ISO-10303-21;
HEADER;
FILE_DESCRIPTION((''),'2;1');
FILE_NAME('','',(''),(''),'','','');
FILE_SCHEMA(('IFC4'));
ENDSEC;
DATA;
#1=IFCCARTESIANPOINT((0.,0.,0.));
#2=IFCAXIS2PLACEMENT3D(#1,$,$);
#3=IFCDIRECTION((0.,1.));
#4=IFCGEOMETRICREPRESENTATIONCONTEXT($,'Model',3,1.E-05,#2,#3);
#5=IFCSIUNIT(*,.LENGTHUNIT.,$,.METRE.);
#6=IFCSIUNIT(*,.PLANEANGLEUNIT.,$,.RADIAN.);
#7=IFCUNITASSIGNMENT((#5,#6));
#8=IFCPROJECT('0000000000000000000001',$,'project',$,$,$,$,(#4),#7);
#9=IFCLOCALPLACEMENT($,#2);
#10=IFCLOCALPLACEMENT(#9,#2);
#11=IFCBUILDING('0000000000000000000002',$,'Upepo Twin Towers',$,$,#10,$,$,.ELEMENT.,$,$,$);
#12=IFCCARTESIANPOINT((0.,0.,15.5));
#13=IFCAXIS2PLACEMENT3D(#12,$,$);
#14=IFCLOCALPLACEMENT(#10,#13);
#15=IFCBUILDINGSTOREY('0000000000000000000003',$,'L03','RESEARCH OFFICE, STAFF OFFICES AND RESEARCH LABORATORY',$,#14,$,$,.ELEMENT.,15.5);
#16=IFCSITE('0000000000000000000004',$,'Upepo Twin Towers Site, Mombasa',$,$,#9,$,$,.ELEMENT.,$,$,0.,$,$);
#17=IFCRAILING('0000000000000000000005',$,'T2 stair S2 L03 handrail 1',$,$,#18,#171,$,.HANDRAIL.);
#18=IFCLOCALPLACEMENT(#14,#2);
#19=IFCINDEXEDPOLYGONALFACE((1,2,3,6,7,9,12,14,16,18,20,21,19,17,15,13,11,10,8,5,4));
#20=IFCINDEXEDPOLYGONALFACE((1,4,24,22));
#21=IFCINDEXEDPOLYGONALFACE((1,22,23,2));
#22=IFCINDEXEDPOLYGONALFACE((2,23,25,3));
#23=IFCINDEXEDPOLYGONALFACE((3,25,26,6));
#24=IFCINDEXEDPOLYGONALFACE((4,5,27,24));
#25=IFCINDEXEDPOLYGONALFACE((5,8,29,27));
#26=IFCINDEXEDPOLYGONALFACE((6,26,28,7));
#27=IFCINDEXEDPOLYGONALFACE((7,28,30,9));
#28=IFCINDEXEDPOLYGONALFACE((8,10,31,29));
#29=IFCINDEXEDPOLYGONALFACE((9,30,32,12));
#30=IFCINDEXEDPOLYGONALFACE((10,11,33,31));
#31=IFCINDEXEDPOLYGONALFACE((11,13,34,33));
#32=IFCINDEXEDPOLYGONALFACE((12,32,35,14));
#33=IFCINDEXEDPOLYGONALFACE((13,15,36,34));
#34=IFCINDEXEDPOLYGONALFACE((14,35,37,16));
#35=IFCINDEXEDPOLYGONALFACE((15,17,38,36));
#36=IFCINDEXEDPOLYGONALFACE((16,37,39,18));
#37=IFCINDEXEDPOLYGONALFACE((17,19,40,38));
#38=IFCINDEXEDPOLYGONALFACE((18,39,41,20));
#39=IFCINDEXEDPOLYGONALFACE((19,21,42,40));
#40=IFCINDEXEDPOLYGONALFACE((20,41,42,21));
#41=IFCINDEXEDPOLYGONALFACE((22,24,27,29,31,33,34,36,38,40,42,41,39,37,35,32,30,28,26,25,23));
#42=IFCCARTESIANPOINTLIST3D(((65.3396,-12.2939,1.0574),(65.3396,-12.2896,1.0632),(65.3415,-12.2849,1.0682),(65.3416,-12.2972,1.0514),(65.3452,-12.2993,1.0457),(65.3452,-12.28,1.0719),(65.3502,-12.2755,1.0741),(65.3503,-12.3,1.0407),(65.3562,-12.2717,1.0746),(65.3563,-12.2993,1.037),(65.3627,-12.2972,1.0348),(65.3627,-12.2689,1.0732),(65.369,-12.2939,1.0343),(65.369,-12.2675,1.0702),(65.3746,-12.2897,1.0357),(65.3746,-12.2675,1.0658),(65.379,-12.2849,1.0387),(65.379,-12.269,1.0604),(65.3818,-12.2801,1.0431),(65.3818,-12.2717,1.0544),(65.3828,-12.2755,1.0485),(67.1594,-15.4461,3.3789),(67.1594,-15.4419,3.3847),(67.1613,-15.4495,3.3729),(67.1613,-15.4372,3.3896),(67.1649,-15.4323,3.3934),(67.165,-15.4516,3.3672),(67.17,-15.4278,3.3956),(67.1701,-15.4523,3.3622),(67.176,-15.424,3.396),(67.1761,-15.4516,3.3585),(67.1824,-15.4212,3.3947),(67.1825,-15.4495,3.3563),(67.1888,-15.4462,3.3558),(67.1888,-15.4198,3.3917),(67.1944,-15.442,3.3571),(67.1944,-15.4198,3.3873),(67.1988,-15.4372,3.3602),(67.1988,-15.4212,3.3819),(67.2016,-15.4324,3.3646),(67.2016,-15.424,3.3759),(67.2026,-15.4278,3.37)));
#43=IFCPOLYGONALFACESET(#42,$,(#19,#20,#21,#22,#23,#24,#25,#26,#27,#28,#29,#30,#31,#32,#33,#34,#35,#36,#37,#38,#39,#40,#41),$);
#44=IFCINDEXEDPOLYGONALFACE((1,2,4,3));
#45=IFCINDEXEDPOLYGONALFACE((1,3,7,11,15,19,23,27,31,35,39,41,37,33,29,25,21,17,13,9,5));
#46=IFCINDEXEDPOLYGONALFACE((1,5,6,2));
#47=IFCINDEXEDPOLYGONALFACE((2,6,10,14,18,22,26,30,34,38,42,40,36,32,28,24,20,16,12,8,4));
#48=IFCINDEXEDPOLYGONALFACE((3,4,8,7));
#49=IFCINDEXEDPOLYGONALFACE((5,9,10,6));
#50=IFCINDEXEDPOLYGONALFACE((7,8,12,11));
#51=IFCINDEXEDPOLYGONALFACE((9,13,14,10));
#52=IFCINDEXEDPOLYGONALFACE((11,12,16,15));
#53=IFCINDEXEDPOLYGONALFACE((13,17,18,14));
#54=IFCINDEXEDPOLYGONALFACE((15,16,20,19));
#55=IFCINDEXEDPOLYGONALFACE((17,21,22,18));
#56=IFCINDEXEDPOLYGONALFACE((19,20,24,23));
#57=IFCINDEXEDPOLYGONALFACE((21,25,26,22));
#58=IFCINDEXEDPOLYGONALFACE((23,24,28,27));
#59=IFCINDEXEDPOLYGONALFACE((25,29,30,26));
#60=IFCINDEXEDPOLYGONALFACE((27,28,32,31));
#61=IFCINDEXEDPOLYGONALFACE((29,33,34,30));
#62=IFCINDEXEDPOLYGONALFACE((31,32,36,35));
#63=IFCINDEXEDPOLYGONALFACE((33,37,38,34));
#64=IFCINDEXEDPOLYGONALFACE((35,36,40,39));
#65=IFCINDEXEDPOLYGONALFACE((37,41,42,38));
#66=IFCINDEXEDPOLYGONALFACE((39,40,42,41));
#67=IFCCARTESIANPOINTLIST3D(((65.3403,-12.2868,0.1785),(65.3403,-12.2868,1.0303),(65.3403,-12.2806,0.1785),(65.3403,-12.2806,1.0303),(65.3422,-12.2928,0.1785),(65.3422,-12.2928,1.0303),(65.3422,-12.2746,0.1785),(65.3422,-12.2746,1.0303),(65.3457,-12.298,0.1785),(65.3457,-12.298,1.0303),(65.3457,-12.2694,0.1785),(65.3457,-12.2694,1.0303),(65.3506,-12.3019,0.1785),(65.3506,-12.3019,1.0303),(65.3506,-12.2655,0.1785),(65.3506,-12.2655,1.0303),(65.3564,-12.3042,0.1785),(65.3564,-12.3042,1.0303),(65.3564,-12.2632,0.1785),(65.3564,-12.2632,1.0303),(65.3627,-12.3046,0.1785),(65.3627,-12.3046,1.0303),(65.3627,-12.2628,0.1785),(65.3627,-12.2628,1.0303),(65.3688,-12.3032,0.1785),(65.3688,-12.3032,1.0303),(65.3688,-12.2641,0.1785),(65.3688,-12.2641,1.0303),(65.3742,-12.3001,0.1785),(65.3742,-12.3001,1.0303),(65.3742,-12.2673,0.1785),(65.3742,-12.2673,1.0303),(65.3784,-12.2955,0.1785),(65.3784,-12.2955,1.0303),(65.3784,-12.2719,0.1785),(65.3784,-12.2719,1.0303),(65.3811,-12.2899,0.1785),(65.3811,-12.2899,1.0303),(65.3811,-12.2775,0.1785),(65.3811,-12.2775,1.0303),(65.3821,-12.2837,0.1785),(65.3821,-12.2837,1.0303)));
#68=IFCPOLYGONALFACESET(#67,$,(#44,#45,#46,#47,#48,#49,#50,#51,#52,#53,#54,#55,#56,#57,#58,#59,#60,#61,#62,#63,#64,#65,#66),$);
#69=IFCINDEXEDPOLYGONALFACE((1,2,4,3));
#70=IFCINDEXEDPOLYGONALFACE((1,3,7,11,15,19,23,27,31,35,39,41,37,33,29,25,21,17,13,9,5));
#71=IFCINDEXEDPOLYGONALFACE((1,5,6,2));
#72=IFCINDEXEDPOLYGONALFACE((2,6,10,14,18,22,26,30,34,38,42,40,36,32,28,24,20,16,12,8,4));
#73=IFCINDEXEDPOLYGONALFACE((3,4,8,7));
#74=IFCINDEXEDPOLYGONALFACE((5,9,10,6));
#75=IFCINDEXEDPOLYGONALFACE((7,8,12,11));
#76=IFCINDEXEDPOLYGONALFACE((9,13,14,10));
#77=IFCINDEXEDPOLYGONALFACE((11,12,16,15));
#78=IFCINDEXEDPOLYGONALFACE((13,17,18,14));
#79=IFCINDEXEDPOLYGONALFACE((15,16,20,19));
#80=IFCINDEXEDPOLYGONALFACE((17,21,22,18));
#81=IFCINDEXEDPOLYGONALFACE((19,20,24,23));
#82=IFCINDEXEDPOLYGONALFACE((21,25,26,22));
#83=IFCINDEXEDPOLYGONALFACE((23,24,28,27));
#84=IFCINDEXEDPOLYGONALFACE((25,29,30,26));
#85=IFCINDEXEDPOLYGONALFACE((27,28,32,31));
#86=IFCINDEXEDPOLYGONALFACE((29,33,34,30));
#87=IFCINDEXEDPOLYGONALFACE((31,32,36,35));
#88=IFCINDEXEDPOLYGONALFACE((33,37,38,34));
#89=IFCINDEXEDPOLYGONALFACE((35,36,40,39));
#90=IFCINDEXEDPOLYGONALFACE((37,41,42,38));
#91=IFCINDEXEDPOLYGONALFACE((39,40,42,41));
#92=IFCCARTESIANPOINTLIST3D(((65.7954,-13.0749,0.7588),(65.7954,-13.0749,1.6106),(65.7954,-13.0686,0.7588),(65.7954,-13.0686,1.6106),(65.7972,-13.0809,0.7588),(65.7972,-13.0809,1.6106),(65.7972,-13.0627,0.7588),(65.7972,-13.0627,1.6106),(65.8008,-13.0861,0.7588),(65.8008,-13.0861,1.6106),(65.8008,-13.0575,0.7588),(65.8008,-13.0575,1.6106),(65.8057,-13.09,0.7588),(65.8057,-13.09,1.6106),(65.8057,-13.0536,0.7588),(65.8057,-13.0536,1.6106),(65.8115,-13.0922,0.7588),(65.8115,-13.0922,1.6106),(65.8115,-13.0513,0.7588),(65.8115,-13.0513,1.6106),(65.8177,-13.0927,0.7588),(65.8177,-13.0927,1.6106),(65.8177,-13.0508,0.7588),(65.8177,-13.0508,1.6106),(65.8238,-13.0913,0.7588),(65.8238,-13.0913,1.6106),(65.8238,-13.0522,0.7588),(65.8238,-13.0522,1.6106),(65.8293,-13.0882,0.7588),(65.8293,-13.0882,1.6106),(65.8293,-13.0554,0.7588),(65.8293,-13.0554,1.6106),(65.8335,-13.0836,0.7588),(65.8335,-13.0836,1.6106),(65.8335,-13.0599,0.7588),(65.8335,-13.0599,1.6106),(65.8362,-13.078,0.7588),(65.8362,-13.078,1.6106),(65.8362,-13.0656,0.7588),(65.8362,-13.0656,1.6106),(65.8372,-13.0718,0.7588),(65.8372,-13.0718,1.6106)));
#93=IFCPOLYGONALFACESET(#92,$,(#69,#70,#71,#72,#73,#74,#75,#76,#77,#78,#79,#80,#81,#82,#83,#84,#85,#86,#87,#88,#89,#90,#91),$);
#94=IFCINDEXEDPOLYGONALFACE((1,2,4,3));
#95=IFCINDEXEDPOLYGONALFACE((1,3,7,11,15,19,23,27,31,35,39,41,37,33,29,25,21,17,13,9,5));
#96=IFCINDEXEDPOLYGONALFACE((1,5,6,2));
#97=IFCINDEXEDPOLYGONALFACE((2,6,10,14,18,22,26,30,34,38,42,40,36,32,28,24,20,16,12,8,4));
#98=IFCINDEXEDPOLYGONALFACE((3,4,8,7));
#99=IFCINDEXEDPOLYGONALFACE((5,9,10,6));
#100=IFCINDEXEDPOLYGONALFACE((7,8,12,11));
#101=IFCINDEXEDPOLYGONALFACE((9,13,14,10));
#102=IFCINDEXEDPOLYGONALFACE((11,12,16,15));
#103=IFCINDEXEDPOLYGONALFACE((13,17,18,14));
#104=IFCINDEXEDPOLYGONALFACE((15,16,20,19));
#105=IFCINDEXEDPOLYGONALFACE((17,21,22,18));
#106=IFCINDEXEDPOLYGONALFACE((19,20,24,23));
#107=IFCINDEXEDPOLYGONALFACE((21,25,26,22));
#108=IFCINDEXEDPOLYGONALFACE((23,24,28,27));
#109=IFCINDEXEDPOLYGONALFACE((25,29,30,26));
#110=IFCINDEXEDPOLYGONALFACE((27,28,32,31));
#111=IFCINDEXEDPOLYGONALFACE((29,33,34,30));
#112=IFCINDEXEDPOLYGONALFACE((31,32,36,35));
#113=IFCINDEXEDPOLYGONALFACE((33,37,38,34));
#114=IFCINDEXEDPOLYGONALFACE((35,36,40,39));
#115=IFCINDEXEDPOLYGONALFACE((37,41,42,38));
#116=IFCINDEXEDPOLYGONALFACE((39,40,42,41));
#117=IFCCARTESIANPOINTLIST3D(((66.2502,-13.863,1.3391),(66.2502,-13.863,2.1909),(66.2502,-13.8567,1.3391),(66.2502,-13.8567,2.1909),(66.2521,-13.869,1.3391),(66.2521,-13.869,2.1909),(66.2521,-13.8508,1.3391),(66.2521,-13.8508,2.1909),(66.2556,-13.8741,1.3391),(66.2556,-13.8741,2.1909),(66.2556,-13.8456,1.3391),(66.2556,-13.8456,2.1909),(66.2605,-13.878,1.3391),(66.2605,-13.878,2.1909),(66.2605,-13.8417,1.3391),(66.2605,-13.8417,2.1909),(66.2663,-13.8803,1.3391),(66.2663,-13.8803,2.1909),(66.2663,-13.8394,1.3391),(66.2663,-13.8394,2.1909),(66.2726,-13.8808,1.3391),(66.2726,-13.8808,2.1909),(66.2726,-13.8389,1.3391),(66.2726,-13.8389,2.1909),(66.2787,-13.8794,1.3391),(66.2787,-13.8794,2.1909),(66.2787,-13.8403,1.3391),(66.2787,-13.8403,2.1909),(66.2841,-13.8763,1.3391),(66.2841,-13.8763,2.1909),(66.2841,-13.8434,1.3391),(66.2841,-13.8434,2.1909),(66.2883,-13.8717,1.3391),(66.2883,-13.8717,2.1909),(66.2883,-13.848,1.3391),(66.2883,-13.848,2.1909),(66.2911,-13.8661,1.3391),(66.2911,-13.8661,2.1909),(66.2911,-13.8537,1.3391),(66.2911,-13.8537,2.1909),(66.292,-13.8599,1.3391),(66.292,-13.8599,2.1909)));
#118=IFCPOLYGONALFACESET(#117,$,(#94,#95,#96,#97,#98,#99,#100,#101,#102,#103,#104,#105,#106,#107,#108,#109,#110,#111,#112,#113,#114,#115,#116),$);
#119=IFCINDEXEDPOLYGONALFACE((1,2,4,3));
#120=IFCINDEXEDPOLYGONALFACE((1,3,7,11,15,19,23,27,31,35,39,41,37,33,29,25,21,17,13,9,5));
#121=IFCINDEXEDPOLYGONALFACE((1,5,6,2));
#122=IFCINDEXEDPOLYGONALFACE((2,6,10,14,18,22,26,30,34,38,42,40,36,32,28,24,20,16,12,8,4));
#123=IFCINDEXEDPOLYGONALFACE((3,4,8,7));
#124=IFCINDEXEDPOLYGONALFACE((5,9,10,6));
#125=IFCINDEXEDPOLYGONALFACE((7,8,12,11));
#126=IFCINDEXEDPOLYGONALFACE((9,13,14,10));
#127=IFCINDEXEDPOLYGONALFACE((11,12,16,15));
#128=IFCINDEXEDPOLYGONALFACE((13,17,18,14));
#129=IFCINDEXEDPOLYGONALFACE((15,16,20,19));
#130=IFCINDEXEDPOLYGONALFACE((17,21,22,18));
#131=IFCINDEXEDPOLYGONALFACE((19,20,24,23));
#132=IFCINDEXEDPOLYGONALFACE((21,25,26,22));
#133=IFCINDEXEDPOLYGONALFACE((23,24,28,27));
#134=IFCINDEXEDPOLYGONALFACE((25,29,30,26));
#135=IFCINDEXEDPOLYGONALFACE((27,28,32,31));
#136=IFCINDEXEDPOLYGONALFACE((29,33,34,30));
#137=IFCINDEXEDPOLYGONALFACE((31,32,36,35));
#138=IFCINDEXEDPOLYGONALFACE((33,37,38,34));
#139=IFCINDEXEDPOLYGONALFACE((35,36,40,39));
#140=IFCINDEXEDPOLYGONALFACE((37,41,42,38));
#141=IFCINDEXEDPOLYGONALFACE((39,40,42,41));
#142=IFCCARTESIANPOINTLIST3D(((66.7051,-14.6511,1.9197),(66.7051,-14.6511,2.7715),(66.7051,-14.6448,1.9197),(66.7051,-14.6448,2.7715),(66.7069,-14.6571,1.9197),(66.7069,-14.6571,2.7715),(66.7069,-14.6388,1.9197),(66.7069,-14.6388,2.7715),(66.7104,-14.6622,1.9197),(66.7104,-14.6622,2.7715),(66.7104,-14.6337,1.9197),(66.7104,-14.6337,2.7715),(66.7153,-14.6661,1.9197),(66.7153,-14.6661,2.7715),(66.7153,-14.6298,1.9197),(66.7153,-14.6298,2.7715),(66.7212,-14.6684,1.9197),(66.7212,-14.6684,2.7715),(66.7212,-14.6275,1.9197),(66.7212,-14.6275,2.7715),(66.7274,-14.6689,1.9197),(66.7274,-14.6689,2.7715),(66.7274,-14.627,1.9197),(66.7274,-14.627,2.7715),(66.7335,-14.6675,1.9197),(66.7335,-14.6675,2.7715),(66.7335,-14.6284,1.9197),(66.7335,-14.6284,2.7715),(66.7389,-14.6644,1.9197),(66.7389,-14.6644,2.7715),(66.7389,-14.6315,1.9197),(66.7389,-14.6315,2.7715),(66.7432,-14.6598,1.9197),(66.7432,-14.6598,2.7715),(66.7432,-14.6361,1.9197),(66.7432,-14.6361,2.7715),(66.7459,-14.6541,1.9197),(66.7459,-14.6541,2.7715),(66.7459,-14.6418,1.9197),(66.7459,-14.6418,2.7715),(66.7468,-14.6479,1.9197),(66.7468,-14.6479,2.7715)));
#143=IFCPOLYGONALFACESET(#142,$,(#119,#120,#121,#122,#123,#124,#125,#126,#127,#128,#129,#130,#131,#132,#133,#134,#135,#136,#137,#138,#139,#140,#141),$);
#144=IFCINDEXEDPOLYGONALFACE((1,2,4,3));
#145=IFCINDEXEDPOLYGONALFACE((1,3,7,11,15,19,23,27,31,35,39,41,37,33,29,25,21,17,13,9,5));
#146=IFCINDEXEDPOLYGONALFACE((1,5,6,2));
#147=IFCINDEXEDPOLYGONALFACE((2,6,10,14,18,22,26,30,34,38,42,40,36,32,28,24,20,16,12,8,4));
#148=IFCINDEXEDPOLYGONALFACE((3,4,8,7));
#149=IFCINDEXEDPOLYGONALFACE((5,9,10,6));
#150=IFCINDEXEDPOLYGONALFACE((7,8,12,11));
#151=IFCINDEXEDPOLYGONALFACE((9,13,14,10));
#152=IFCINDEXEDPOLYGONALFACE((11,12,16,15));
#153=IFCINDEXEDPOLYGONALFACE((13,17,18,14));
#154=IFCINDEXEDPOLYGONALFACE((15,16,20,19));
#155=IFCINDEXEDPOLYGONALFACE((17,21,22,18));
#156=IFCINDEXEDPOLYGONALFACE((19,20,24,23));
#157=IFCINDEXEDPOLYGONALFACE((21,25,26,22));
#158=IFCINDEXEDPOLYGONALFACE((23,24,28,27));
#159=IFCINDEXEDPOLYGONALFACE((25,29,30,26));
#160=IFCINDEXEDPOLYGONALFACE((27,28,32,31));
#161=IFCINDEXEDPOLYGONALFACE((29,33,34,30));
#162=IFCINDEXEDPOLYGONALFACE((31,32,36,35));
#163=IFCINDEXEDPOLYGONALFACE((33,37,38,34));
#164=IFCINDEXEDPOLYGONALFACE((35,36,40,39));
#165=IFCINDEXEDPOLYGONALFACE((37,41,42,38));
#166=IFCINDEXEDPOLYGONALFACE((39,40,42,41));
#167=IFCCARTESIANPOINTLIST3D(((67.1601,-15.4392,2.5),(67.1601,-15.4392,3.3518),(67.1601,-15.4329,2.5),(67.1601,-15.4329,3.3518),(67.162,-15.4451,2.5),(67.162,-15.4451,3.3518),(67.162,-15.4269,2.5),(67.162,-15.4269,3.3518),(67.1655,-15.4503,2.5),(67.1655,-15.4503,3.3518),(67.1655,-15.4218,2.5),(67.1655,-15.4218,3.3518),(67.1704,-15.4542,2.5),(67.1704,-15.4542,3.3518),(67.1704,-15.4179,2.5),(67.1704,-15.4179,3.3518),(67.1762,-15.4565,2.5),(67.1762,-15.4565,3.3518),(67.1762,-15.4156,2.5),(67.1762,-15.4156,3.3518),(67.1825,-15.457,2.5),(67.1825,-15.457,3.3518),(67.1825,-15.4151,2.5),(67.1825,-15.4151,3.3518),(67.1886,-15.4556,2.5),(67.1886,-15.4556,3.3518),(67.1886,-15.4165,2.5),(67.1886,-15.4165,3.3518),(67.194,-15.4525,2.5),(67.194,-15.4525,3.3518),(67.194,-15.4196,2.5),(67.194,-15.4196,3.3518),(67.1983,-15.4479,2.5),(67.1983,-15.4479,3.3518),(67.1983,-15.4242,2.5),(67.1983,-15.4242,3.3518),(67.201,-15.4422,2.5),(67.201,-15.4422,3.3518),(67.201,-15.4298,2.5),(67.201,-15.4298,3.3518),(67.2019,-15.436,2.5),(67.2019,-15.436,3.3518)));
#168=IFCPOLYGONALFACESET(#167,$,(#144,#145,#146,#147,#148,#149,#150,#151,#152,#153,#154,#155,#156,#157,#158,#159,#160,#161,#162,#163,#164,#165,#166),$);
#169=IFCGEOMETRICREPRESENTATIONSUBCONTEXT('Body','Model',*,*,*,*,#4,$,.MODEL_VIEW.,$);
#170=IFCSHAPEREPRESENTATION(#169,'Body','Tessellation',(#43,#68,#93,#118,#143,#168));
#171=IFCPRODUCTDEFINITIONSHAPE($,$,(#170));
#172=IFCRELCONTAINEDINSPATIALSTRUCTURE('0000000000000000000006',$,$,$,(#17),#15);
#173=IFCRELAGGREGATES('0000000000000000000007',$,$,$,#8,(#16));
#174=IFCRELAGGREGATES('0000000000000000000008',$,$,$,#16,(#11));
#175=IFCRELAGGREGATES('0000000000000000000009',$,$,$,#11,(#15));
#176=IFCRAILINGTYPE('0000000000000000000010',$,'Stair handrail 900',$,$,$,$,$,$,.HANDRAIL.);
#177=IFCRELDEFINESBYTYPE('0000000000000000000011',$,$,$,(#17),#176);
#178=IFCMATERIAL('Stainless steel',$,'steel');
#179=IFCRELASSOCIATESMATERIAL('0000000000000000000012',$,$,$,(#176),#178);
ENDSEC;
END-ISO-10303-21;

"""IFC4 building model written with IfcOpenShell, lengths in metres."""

from ifc_helpers import new_model, si_unit, direction, frame, origin, origin_2d, place, context, subcontext, project, spatial, circle, extrude, material, type_object, element, save


model = new_model("IFC4")

# Units and contexts
model_context = context("Model", 3, precision=1e-05, world=origin(), true_north=direction((0.0, 1.0)))
body_context = subcontext(model_context, "Body", "Model", "MODEL_VIEW")
ifc_project = project(units=[si_unit("LENGTHUNIT", "METRE"), si_unit("PLANEANGLEUNIT", "RADIAN")], contexts=[model_context])

# Site, building, storey
site_placement = place(None, origin())
site = spatial("IfcSite", under=ifc_project, at=site_placement, Name="Upepo Twin Towers Site, Mombasa", CompositionType="ELEMENT", RefElevation=0.0)
building_placement = place(site_placement, origin())
building = spatial("IfcBuilding", under=site, at=building_placement, Name="Upepo Twin Towers", CompositionType="ELEMENT")
storey_placement = place(building_placement, frame((0.0, 0.0, 15.5)))
storey = spatial("IfcBuildingStorey", under=building, at=storey_placement, Name="L03", Description="RESEARCH OFFICE, STAFF OFFICES AND RESEARCH LABORATORY", CompositionType="ELEMENT", Elevation=15.5)

# Railing
ifc_material_1 = material(Name="Stainless steel", Category="steel")
railing_type = type_object("IfcRailingType", Name="Stair handrail 900", PredefinedType="HANDRAIL", material=ifc_material_1)
railing_1_placement = place(storey_placement, frame((65.3611, -12.2837, 0.1785)))
element("IfcRailing", 1, at=railing_1_placement, inside=storey, type_object=railing_type, Name="T2 stair S2 L03 handrail 1", PredefinedType="HANDRAIL", context=body_context, shape_type="SweptSolid", body=[
    extrude(circle(Radius=0.0239, at=origin_2d()), frame((0.0, 0.0, 0.876), z_axis=(0.421525, -0.730176, 0.537736), x_axis=(0.866047, 0.499962, 0.0)), (0.0, 0.0, 1.0), 4.3171),
    extrude(circle(Radius=0.021, at=origin_2d()), origin(), (0.0, 0.0, 1.0), 0.8518),
    extrude(circle(Radius=0.021, at=origin_2d()), frame((0.4551, -0.7881, 0.5803)), (0.0, 0.0, 1.0), 0.8518),
    extrude(circle(Radius=0.021, at=origin_2d()), frame((0.9099, -1.5762, 1.1606)), (0.0, 0.0, 1.0), 0.8518),
    extrude(circle(Radius=0.021, at=origin_2d()), frame((1.3647, -2.3643, 1.7412)), (0.0, 0.0, 1.0), 0.8518),
    extrude(circle(Radius=0.021, at=origin_2d()), frame((1.8198, -3.1523, 2.3215)), (0.0, 0.0, 1.0), 0.8518),
])

save(model, "model.ifc")
